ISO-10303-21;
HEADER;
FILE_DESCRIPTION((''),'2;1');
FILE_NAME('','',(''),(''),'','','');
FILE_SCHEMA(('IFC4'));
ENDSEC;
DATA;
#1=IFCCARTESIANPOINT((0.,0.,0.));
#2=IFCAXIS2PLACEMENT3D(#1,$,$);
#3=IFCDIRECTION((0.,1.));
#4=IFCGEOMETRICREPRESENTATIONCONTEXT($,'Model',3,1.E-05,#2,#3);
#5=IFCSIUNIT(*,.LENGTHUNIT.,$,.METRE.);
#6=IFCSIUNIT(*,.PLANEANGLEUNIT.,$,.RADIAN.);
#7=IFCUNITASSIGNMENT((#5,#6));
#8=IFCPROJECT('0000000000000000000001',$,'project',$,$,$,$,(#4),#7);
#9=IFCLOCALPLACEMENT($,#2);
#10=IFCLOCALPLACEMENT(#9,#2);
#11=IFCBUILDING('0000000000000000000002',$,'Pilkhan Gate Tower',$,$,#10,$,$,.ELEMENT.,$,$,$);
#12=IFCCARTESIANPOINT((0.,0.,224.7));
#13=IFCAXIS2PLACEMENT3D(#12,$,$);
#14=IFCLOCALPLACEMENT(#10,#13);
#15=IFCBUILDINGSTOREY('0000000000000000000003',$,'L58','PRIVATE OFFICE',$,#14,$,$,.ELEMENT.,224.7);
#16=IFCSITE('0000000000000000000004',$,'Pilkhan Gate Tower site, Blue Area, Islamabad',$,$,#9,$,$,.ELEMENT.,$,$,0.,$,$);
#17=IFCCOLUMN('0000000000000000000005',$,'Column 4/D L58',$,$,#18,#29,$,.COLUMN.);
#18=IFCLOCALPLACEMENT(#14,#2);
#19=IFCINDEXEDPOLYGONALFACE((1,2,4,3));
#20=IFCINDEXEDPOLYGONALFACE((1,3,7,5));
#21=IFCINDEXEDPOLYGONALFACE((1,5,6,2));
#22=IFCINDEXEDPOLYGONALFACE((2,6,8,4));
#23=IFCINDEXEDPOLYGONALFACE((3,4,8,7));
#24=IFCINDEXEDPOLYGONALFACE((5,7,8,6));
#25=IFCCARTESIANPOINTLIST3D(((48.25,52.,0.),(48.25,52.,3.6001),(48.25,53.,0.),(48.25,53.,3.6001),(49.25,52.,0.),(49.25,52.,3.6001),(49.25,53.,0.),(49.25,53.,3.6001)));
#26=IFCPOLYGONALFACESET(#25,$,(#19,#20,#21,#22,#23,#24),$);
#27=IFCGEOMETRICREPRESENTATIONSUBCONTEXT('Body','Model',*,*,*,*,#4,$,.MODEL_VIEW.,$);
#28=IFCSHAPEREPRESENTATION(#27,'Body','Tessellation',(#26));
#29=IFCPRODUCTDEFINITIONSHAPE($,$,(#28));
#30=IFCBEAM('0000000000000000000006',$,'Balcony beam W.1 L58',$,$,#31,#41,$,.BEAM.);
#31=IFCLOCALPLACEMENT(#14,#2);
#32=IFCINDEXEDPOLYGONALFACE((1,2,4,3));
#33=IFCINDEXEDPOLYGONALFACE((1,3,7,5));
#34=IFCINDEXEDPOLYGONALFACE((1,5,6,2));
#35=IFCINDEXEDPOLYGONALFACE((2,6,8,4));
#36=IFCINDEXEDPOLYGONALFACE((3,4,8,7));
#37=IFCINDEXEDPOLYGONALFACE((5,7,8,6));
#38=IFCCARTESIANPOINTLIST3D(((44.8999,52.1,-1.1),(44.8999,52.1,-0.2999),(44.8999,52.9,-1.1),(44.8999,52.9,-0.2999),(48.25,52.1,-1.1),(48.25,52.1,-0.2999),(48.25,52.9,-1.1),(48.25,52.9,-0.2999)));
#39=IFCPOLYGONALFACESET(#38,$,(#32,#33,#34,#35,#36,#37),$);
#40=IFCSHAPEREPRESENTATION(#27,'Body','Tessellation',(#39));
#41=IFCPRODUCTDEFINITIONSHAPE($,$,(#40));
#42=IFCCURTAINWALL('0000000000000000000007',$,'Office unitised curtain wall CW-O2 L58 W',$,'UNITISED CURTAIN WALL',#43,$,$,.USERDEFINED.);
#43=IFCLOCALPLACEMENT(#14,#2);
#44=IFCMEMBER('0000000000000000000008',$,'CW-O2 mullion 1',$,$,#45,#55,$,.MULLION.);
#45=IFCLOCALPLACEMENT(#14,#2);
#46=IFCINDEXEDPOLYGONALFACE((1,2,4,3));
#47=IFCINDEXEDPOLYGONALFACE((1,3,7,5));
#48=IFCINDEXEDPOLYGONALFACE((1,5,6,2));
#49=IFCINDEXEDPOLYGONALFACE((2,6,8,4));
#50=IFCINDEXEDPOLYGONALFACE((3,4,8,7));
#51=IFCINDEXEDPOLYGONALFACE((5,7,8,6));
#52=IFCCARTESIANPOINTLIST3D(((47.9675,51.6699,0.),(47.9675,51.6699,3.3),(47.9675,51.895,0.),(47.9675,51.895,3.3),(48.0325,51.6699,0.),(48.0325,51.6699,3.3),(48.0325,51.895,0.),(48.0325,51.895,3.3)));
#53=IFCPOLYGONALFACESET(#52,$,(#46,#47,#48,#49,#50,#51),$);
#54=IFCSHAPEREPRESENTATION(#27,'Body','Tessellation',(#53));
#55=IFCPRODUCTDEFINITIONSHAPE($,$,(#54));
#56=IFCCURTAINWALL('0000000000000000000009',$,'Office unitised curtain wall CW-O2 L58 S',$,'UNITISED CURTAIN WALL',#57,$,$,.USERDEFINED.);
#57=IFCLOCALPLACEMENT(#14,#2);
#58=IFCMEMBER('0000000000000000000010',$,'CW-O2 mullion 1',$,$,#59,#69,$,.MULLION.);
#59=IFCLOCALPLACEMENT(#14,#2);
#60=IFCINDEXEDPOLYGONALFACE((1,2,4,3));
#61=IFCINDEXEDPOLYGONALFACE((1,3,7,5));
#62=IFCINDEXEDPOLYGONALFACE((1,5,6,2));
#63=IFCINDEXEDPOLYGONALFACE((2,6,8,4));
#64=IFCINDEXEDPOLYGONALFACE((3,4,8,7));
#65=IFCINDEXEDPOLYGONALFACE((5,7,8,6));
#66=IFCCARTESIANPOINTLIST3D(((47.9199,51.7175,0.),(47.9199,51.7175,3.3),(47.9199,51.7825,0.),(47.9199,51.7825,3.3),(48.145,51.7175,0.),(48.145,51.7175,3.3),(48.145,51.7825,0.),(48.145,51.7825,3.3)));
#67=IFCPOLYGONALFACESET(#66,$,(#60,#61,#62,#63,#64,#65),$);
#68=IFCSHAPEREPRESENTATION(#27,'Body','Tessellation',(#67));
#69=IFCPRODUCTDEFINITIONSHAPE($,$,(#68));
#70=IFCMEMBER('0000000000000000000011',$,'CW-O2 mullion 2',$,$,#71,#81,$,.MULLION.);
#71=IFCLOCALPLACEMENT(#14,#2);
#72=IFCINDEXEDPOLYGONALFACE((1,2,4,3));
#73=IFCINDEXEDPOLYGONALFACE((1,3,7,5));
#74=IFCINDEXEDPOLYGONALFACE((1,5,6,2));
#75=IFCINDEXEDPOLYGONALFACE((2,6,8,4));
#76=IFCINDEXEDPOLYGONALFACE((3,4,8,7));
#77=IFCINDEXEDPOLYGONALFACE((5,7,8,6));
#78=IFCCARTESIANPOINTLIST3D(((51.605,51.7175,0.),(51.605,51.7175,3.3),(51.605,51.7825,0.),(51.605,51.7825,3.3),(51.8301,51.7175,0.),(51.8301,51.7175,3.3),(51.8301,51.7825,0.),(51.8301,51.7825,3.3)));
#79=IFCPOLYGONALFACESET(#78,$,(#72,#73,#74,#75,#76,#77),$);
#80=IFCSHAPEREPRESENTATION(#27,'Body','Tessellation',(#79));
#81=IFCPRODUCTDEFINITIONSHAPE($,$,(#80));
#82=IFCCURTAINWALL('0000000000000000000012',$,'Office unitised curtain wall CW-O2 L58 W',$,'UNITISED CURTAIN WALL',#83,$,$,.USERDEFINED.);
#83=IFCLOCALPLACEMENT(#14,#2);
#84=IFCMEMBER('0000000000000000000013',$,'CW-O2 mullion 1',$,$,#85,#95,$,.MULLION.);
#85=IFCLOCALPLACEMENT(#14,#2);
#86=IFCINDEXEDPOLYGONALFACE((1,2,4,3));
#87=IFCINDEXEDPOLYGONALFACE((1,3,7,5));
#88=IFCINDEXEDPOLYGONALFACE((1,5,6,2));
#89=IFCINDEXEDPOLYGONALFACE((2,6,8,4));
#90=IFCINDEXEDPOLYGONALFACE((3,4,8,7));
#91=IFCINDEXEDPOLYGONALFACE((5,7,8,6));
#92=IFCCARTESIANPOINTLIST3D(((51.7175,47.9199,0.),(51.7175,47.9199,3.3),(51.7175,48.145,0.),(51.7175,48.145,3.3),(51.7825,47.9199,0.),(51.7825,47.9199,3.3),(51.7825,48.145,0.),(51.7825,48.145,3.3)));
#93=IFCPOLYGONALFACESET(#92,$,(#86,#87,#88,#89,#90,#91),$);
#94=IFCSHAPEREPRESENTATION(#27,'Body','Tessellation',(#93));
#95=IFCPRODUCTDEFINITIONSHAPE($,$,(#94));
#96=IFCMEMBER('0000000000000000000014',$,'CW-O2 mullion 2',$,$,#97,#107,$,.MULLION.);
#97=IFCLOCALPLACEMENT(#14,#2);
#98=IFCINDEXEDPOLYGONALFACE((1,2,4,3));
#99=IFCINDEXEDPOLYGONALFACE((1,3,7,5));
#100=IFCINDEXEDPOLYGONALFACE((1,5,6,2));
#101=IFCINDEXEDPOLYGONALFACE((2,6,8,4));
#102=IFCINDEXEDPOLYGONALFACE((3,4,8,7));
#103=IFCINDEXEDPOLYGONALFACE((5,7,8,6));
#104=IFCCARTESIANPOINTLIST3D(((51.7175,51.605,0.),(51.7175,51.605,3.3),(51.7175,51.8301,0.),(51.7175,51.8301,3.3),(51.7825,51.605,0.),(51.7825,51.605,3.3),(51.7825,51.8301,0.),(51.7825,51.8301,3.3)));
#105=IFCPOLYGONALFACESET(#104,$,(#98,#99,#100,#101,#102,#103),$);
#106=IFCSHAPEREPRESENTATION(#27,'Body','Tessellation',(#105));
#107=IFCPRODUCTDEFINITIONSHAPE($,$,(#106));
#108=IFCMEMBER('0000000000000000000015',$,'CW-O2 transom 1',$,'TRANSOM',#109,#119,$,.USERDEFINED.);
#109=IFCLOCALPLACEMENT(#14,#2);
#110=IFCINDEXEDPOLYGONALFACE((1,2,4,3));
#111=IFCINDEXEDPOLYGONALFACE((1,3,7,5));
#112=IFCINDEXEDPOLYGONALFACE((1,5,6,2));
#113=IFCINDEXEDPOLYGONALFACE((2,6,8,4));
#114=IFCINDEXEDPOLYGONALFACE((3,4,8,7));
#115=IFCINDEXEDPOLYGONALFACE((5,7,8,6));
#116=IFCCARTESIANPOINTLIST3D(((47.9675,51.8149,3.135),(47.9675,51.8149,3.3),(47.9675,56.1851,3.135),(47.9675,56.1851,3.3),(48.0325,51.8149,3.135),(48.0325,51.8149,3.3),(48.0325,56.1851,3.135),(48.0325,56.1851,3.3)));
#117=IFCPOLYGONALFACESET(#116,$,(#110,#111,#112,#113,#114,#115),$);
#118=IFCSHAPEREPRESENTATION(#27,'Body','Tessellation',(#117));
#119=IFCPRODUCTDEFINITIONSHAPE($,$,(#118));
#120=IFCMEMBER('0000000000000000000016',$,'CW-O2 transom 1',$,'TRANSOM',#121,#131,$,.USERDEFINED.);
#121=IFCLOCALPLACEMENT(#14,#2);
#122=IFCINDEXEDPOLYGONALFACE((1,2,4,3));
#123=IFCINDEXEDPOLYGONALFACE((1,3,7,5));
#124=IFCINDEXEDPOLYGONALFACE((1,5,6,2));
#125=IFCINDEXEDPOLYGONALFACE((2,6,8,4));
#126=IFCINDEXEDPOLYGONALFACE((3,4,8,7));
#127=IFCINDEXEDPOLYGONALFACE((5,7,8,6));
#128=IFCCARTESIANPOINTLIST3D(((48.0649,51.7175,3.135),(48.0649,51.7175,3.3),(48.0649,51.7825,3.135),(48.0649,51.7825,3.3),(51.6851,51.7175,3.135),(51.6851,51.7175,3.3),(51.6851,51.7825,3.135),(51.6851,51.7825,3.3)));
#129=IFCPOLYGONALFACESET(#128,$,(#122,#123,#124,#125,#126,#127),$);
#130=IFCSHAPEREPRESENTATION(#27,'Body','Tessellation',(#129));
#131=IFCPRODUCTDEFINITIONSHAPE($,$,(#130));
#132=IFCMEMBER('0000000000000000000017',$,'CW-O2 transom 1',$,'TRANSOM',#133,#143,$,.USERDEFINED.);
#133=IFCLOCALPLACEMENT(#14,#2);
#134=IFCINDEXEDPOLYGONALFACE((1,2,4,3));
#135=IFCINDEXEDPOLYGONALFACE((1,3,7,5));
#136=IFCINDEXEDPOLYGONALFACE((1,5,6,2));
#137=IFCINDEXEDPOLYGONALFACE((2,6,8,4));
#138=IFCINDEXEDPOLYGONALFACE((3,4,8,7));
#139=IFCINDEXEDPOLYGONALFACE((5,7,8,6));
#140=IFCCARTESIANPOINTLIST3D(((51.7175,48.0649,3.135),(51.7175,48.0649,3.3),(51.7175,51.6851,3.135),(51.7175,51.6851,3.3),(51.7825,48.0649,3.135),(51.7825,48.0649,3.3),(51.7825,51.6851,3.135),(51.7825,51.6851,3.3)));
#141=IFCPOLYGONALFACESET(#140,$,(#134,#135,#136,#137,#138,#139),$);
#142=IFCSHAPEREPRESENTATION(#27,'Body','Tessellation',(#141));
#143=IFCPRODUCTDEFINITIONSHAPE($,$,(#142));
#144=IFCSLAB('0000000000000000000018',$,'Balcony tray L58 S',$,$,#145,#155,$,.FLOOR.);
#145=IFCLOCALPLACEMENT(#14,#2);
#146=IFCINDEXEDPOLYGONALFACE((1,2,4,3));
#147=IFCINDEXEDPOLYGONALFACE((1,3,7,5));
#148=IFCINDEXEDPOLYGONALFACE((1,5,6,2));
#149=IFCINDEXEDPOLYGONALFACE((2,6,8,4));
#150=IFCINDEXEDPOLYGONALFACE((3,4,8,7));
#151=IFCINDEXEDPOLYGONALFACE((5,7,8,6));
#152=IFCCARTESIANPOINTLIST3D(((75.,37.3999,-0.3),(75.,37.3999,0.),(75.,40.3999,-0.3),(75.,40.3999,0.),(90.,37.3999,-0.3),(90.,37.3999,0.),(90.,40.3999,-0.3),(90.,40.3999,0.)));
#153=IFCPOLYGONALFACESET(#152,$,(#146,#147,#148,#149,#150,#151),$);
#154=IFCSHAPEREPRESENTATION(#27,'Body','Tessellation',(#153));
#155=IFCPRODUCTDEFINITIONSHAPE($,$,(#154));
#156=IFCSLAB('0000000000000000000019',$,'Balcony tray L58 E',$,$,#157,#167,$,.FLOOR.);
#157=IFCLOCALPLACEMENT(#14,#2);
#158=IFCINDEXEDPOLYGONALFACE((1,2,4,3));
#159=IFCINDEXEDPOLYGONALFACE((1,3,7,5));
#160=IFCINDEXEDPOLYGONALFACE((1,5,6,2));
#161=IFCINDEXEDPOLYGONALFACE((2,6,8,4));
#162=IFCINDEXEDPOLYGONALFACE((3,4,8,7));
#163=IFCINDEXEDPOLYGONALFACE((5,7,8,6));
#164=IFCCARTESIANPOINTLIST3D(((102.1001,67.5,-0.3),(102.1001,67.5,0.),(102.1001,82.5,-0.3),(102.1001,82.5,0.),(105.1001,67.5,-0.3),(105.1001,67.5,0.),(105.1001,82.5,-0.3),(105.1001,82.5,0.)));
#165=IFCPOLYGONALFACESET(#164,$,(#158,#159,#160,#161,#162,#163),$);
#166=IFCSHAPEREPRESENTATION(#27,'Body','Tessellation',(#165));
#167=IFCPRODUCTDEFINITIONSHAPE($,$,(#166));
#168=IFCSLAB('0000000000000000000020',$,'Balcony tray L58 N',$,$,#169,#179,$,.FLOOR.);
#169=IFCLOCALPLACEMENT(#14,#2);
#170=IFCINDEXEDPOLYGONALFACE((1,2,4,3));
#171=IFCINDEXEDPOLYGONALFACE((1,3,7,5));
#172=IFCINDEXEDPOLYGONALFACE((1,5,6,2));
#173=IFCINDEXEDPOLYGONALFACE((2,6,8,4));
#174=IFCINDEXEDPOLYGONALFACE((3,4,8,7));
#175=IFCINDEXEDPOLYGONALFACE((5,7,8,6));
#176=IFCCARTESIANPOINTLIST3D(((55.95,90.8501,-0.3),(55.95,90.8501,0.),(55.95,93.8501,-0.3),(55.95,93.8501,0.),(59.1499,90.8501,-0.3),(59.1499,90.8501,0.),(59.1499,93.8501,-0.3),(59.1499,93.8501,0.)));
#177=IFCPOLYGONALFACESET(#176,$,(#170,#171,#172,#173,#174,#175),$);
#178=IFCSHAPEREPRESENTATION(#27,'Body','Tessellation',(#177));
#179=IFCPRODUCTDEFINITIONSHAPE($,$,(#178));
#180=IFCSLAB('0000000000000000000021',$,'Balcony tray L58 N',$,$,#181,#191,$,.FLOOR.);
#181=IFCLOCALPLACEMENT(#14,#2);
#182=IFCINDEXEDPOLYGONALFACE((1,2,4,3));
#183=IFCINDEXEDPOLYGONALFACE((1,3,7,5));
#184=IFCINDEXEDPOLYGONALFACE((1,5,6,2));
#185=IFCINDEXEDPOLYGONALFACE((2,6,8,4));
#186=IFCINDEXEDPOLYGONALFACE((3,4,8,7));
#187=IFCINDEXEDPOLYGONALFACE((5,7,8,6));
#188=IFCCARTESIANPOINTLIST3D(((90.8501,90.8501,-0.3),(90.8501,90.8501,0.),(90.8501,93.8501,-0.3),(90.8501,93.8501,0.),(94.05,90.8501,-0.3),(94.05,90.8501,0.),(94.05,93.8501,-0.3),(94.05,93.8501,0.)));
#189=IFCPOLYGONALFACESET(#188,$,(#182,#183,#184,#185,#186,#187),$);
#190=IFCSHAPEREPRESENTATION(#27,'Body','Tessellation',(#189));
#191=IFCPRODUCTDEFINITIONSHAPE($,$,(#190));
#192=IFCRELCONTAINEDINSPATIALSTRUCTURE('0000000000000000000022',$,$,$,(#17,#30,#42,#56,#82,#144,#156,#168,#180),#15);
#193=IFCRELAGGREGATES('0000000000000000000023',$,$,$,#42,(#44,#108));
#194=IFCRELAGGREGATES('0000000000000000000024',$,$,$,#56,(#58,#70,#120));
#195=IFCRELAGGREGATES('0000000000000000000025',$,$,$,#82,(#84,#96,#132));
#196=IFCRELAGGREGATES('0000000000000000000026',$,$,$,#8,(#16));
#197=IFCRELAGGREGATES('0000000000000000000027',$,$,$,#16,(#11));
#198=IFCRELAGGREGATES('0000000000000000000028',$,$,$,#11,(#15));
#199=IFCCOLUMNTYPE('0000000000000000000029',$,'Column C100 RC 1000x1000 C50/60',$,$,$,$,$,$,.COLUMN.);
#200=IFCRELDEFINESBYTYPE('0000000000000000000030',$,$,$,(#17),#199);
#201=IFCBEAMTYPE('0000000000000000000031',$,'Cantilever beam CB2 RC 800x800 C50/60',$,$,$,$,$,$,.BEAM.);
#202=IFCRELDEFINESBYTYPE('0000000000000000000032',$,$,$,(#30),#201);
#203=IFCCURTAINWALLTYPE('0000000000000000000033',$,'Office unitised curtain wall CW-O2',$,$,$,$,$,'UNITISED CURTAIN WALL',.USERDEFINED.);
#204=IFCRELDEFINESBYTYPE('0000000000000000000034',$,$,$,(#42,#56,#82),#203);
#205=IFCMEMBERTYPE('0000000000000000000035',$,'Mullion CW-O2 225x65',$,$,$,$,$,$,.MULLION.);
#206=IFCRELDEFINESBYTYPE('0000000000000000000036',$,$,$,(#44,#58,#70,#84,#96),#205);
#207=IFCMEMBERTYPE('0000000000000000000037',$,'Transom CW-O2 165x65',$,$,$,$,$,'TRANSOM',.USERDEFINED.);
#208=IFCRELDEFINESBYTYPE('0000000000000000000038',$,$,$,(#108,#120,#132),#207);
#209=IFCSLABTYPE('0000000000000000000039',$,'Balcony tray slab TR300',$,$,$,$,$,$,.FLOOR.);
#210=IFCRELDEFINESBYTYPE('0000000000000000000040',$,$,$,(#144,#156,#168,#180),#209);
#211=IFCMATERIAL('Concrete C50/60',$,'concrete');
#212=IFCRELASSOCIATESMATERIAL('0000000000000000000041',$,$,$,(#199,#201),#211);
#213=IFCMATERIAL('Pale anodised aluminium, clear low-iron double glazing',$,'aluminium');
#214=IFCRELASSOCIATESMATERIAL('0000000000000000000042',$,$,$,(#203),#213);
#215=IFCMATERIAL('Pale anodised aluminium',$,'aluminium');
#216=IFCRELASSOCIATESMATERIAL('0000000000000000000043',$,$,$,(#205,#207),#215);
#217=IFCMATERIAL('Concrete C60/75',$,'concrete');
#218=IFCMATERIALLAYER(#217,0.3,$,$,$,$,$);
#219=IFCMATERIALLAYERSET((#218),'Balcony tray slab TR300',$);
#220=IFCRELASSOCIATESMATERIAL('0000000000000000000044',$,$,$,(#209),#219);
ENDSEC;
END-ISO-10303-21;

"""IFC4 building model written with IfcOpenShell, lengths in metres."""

from ifc_helpers import new_model, si_unit, direction, frame, origin, origin_2d, place, context, subcontext, project, spatial, polyline, rectangle, outline, extrude, material, layer, layer_set, material_profile, profile_set, type_object, element, aggregate, save


model = new_model("IFC4")

# Units and contexts
model_context = context("Model", 3, precision=1e-05, world=origin(), true_north=direction((0.0, 1.0)))
body_context = subcontext(model_context, "Body", "Model", "MODEL_VIEW")
ifc_project = project(units=[si_unit("LENGTHUNIT", "METRE"), si_unit("PLANEANGLEUNIT", "RADIAN")], contexts=[model_context])

# Site, building, storey
site_placement = place(None, origin())
site = spatial("IfcSite", under=ifc_project, at=site_placement, Name="Pilkhan Gate Tower site, Blue Area, Islamabad", CompositionType="ELEMENT", RefElevation=0.0)
building_placement = place(site_placement, origin())
building = spatial("IfcBuilding", under=site, at=building_placement, Name="Pilkhan Gate Tower", CompositionType="ELEMENT")
storey_placement = place(building_placement, frame((0.0, 0.0, 224.7)))
storey = spatial("IfcBuildingStorey", under=building, at=storey_placement, Name="L58", Description="PRIVATE OFFICE", CompositionType="ELEMENT", Elevation=224.7)

# Column
ifc_material_1 = material(Name="Concrete C50/60", Category="concrete")
ifc_material_profile_1 = material_profile(ifc_material_1, rectangle(XDim=1.0, YDim=1.0, at=origin_2d()), Name="RC 1000x1000")
ifc_profile_set_1 = profile_set([ifc_material_profile_1], Name="Concrete C50/60")
column_type = type_object("IfcColumnType", Name="Column C100 RC 1000x1000 C50/60", PredefinedType="COLUMN", material=ifc_profile_set_1)
column_placement = place(storey_placement, frame((48.75, 52.5, 0.0), z_axis=(0.0, 0.0, 1.0), x_axis=(1.0, 0.0, 0.0)))
element("IfcColumn", 1, at=column_placement, inside=storey, type_object=column_type, Name="Column 4/D L58", PredefinedType="COLUMN", context=body_context, shape_type="SweptSolid", body=[
    extrude(rectangle(XDim=1.0, YDim=1.0, at=origin_2d()), origin(), (0.0, 0.0, 1.0), 3.6001),
])

# Beam
ifc_material_profile_2 = material_profile(ifc_material_1, rectangle(XDim=0.8, YDim=0.8, at=origin_2d()), Name="RC 800x800")
ifc_profile_set_2 = profile_set([ifc_material_profile_2], Name="Concrete C50/60")
beam_type = type_object("IfcBeamType", Name="Cantilever beam CB2 RC 800x800 C50/60", PredefinedType="BEAM", material=ifc_profile_set_2)
beam_placement = place(storey_placement, frame((48.25, 52.5, -0.7), z_axis=(-1.0, 0.0, 0.0), x_axis=(0.0, -1.0, 0.0)))
element("IfcBeam", 2, at=beam_placement, inside=storey, type_object=beam_type, Name="Balcony beam W.1 L58", PredefinedType="BEAM", context=body_context, shape_type="SweptSolid", body=[
    extrude(rectangle(XDim=0.8, YDim=0.8, at=origin_2d()), origin(), (0.0, 0.0, 1.0), 3.3501),
])

# Curtain wall, member
ifc_material_2 = material(Name="Pale anodised aluminium, clear low-iron double glazing", Category="aluminium")
curtain_wall_type = type_object("IfcCurtainWallType", Name="Office unitised curtain wall CW-O2", ElementType="UNITISED CURTAIN WALL", PredefinedType="USERDEFINED", material=ifc_material_2)
curtain_wall_1_placement = place(storey_placement, origin())
curtain_wall_1 = element("IfcCurtainWall", 3, at=curtain_wall_1_placement, inside=storey, type_object=curtain_wall_type, Name="Office unitised curtain wall CW-O2 L58 W", ObjectType="UNITISED CURTAIN WALL", PredefinedType="USERDEFINED")
ifc_material_3 = material(Name="Pale anodised aluminium", Category="aluminium")
ifc_material_profile_3 = material_profile(ifc_material_3, rectangle(XDim=0.0649, YDim=0.2251, at=origin_2d()), Name="Mullion 225x65")
ifc_profile_set_3 = profile_set([ifc_material_profile_3], Name="Pale anodised aluminium")
member_type_1 = type_object("IfcMemberType", Name="Mullion CW-O2 225x65", PredefinedType="MULLION", material=ifc_profile_set_3)
member_1_placement = place(storey_placement, frame((48.0, 51.7825, 0.0), z_axis=(0.0, 0.0, 1.0), x_axis=(-1.0, 0.0, 0.0)))
member_1 = element("IfcMember", 4, at=member_1_placement, type_object=member_type_1, Name="CW-O2 mullion 1", PredefinedType="MULLION", context=body_context, shape_type="SweptSolid", body=[
    extrude(rectangle(XDim=0.0649, YDim=0.2251, at=origin_2d()), origin(), (0.0, 0.0, 1.0), 3.3),
])

# Curtain walls, members
curtain_wall_2_placement = place(storey_placement, origin())
curtain_wall_2 = element("IfcCurtainWall", 5, at=curtain_wall_2_placement, inside=storey, type_object=curtain_wall_type, Name="Office unitised curtain wall CW-O2 L58 S", ObjectType="UNITISED CURTAIN WALL", PredefinedType="USERDEFINED")
member_2_placement = place(storey_placement, frame((48.0325, 51.75, 0.0), z_axis=(0.0, 0.0, 1.0), x_axis=(0.0, 1.0, 0.0)))
member_2 = element("IfcMember", 6, at=member_2_placement, type_object=member_type_1, Name="CW-O2 mullion 1", PredefinedType="MULLION", context=body_context, shape_type="SweptSolid", body=[
    extrude(rectangle(XDim=0.0649, YDim=0.2251, at=origin_2d()), origin(), (0.0, 0.0, 1.0), 3.3),
])
member_3_placement = place(storey_placement, frame((51.7175, 51.75, 0.0), z_axis=(0.0, 0.0, 1.0), x_axis=(0.0, 1.0, 0.0)))
member_3 = element("IfcMember", 7, at=member_3_placement, type_object=member_type_1, Name="CW-O2 mullion 2", PredefinedType="MULLION", context=body_context, shape_type="SweptSolid", body=[
    extrude(rectangle(XDim=0.0649, YDim=0.2251, at=origin_2d()), origin(), (0.0, 0.0, 1.0), 3.3),
])
curtain_wall_3_placement = place(storey_placement, origin())
curtain_wall_3 = element("IfcCurtainWall", 8, at=curtain_wall_3_placement, inside=storey, type_object=curtain_wall_type, Name="Office unitised curtain wall CW-O2 L58 W", ObjectType="UNITISED CURTAIN WALL", PredefinedType="USERDEFINED")
member_4_placement = place(storey_placement, frame((51.75, 48.0325, 0.0), z_axis=(0.0, 0.0, 1.0), x_axis=(-1.0, 0.0, 0.0)))
member_4 = element("IfcMember", 9, at=member_4_placement, type_object=member_type_1, Name="CW-O2 mullion 1", PredefinedType="MULLION", context=body_context, shape_type="SweptSolid", body=[
    extrude(rectangle(XDim=0.0649, YDim=0.2251, at=origin_2d()), origin(), (0.0, 0.0, 1.0), 3.3),
])
member_5_placement = place(storey_placement, frame((51.75, 51.7175, 0.0), z_axis=(0.0, 0.0, 1.0), x_axis=(-1.0, 0.0, 0.0)))
member_5 = element("IfcMember", 10, at=member_5_placement, type_object=member_type_1, Name="CW-O2 mullion 2", PredefinedType="MULLION", context=body_context, shape_type="SweptSolid", body=[
    extrude(rectangle(XDim=0.0649, YDim=0.2251, at=origin_2d()), origin(), (0.0, 0.0, 1.0), 3.3),
])

# Members
ifc_material_profile_4 = material_profile(ifc_material_3, rectangle(XDim=0.0649, YDim=0.165, at=origin_2d()), Name="Transom 165x65")
ifc_profile_set_4 = profile_set([ifc_material_profile_4], Name="Pale anodised aluminium")
member_type_2 = type_object("IfcMemberType", Name="Transom CW-O2 165x65", ElementType="TRANSOM", PredefinedType="USERDEFINED", material=ifc_profile_set_4)
member_6_placement = place(storey_placement, frame((48.0, 51.8149, 3.2175), z_axis=(0.0, 1.0, 0.0), x_axis=(-1.0, 0.0, 0.0)))
member_6 = element("IfcMember", 11, at=member_6_placement, type_object=member_type_2, Name="CW-O2 transom 1", ObjectType="TRANSOM", PredefinedType="USERDEFINED", context=body_context, shape_type="SweptSolid", body=[
    extrude(rectangle(XDim=0.0649, YDim=0.165, at=origin_2d()), origin(), (0.0, 0.0, 1.0), 4.3701),
])
aggregate(curtain_wall_1, [member_1, member_6])
member_7_placement = place(storey_placement, frame((48.0649, 51.75, 3.2175), z_axis=(1.0, 0.0, 0.0), x_axis=(0.0, 1.0, 0.0)))
member_7 = element("IfcMember", 12, at=member_7_placement, type_object=member_type_2, Name="CW-O2 transom 1", ObjectType="TRANSOM", PredefinedType="USERDEFINED", context=body_context, shape_type="SweptSolid", body=[
    extrude(rectangle(XDim=0.0649, YDim=0.165, at=origin_2d()), origin(), (0.0, 0.0, 1.0), 3.6201),
])
member_8_placement = place(storey_placement, frame((51.75, 48.0649, 3.2175), z_axis=(0.0, 1.0, 0.0), x_axis=(-1.0, 0.0, 0.0)))
member_8 = element("IfcMember", 13, at=member_8_placement, type_object=member_type_2, Name="CW-O2 transom 1", ObjectType="TRANSOM", PredefinedType="USERDEFINED", context=body_context, shape_type="SweptSolid", body=[
    extrude(rectangle(XDim=0.0649, YDim=0.165, at=origin_2d()), origin(), (0.0, 0.0, 1.0), 3.6201),
])

# Slabs
ifc_material_4 = material(Name="Concrete C60/75", Category="concrete")
ifc_layer_1 = layer(ifc_material_4, 0.3)
ifc_layer_set_1 = layer_set([ifc_layer_1], Name="Balcony tray slab TR300")
slab_type_1 = type_object("IfcSlabType", Name="Balcony tray slab TR300", PredefinedType="FLOOR", material=ifc_layer_set_1)
slab_1_placement = place(storey_placement, frame((0.0, 0.0, -0.3)))
element("IfcSlab", 14, at=slab_1_placement, inside=storey, type_object=slab_type_1, Name="Balcony tray L58 S", PredefinedType="FLOOR", context=body_context, shape_type="SweptSolid", body=[
    extrude(outline(polyline([(90.0, 37.3999), (90.0, 40.3999), (75.0, 40.3999), (75.0, 37.3999), (90.0, 37.3999)])), origin(), (0.0, 0.0, 1.0), 0.3),
])
slab_2_placement = place(storey_placement, frame((0.0, 0.0, -0.3)))
element("IfcSlab", 15, at=slab_2_placement, inside=storey, type_object=slab_type_1, Name="Balcony tray L58 E", PredefinedType="FLOOR", context=body_context, shape_type="SweptSolid", body=[
    extrude(outline(polyline([(105.1001, 67.5), (105.1001, 82.5), (102.1001, 82.5), (102.1001, 67.5), (105.1001, 67.5)])), origin(), (0.0, 0.0, 1.0), 0.3),
])
slab_3_placement = place(storey_placement, frame((0.0, 0.0, -0.3)))
element("IfcSlab", 16, at=slab_3_placement, inside=storey, type_object=slab_type_1, Name="Balcony tray L58 N", PredefinedType="FLOOR", context=body_context, shape_type="SweptSolid", body=[
    extrude(outline(polyline([(59.1499, 90.8501), (59.1499, 93.8501), (55.95, 93.8501), (55.95, 90.8501), (59.1499, 90.8501)])), origin(), (0.0, 0.0, 1.0), 0.3),
])
slab_4_placement = place(storey_placement, frame((0.0, 0.0, -0.3)))
element("IfcSlab", 17, at=slab_4_placement, inside=storey, type_object=slab_type_1, Name="Balcony tray L58 N", PredefinedType="FLOOR", context=body_context, shape_type="SweptSolid", body=[
    extrude(outline(polyline([(94.05, 90.8501), (94.05, 93.8501), (90.8501, 93.8501), (90.8501, 90.8501), (94.05, 90.8501)])), origin(), (0.0, 0.0, 1.0), 0.3),
])

aggregate(curtain_wall_2, [member_2, member_3, member_7])
aggregate(curtain_wall_3, [member_4, member_5, member_8])

save(model, "model.ifc")
